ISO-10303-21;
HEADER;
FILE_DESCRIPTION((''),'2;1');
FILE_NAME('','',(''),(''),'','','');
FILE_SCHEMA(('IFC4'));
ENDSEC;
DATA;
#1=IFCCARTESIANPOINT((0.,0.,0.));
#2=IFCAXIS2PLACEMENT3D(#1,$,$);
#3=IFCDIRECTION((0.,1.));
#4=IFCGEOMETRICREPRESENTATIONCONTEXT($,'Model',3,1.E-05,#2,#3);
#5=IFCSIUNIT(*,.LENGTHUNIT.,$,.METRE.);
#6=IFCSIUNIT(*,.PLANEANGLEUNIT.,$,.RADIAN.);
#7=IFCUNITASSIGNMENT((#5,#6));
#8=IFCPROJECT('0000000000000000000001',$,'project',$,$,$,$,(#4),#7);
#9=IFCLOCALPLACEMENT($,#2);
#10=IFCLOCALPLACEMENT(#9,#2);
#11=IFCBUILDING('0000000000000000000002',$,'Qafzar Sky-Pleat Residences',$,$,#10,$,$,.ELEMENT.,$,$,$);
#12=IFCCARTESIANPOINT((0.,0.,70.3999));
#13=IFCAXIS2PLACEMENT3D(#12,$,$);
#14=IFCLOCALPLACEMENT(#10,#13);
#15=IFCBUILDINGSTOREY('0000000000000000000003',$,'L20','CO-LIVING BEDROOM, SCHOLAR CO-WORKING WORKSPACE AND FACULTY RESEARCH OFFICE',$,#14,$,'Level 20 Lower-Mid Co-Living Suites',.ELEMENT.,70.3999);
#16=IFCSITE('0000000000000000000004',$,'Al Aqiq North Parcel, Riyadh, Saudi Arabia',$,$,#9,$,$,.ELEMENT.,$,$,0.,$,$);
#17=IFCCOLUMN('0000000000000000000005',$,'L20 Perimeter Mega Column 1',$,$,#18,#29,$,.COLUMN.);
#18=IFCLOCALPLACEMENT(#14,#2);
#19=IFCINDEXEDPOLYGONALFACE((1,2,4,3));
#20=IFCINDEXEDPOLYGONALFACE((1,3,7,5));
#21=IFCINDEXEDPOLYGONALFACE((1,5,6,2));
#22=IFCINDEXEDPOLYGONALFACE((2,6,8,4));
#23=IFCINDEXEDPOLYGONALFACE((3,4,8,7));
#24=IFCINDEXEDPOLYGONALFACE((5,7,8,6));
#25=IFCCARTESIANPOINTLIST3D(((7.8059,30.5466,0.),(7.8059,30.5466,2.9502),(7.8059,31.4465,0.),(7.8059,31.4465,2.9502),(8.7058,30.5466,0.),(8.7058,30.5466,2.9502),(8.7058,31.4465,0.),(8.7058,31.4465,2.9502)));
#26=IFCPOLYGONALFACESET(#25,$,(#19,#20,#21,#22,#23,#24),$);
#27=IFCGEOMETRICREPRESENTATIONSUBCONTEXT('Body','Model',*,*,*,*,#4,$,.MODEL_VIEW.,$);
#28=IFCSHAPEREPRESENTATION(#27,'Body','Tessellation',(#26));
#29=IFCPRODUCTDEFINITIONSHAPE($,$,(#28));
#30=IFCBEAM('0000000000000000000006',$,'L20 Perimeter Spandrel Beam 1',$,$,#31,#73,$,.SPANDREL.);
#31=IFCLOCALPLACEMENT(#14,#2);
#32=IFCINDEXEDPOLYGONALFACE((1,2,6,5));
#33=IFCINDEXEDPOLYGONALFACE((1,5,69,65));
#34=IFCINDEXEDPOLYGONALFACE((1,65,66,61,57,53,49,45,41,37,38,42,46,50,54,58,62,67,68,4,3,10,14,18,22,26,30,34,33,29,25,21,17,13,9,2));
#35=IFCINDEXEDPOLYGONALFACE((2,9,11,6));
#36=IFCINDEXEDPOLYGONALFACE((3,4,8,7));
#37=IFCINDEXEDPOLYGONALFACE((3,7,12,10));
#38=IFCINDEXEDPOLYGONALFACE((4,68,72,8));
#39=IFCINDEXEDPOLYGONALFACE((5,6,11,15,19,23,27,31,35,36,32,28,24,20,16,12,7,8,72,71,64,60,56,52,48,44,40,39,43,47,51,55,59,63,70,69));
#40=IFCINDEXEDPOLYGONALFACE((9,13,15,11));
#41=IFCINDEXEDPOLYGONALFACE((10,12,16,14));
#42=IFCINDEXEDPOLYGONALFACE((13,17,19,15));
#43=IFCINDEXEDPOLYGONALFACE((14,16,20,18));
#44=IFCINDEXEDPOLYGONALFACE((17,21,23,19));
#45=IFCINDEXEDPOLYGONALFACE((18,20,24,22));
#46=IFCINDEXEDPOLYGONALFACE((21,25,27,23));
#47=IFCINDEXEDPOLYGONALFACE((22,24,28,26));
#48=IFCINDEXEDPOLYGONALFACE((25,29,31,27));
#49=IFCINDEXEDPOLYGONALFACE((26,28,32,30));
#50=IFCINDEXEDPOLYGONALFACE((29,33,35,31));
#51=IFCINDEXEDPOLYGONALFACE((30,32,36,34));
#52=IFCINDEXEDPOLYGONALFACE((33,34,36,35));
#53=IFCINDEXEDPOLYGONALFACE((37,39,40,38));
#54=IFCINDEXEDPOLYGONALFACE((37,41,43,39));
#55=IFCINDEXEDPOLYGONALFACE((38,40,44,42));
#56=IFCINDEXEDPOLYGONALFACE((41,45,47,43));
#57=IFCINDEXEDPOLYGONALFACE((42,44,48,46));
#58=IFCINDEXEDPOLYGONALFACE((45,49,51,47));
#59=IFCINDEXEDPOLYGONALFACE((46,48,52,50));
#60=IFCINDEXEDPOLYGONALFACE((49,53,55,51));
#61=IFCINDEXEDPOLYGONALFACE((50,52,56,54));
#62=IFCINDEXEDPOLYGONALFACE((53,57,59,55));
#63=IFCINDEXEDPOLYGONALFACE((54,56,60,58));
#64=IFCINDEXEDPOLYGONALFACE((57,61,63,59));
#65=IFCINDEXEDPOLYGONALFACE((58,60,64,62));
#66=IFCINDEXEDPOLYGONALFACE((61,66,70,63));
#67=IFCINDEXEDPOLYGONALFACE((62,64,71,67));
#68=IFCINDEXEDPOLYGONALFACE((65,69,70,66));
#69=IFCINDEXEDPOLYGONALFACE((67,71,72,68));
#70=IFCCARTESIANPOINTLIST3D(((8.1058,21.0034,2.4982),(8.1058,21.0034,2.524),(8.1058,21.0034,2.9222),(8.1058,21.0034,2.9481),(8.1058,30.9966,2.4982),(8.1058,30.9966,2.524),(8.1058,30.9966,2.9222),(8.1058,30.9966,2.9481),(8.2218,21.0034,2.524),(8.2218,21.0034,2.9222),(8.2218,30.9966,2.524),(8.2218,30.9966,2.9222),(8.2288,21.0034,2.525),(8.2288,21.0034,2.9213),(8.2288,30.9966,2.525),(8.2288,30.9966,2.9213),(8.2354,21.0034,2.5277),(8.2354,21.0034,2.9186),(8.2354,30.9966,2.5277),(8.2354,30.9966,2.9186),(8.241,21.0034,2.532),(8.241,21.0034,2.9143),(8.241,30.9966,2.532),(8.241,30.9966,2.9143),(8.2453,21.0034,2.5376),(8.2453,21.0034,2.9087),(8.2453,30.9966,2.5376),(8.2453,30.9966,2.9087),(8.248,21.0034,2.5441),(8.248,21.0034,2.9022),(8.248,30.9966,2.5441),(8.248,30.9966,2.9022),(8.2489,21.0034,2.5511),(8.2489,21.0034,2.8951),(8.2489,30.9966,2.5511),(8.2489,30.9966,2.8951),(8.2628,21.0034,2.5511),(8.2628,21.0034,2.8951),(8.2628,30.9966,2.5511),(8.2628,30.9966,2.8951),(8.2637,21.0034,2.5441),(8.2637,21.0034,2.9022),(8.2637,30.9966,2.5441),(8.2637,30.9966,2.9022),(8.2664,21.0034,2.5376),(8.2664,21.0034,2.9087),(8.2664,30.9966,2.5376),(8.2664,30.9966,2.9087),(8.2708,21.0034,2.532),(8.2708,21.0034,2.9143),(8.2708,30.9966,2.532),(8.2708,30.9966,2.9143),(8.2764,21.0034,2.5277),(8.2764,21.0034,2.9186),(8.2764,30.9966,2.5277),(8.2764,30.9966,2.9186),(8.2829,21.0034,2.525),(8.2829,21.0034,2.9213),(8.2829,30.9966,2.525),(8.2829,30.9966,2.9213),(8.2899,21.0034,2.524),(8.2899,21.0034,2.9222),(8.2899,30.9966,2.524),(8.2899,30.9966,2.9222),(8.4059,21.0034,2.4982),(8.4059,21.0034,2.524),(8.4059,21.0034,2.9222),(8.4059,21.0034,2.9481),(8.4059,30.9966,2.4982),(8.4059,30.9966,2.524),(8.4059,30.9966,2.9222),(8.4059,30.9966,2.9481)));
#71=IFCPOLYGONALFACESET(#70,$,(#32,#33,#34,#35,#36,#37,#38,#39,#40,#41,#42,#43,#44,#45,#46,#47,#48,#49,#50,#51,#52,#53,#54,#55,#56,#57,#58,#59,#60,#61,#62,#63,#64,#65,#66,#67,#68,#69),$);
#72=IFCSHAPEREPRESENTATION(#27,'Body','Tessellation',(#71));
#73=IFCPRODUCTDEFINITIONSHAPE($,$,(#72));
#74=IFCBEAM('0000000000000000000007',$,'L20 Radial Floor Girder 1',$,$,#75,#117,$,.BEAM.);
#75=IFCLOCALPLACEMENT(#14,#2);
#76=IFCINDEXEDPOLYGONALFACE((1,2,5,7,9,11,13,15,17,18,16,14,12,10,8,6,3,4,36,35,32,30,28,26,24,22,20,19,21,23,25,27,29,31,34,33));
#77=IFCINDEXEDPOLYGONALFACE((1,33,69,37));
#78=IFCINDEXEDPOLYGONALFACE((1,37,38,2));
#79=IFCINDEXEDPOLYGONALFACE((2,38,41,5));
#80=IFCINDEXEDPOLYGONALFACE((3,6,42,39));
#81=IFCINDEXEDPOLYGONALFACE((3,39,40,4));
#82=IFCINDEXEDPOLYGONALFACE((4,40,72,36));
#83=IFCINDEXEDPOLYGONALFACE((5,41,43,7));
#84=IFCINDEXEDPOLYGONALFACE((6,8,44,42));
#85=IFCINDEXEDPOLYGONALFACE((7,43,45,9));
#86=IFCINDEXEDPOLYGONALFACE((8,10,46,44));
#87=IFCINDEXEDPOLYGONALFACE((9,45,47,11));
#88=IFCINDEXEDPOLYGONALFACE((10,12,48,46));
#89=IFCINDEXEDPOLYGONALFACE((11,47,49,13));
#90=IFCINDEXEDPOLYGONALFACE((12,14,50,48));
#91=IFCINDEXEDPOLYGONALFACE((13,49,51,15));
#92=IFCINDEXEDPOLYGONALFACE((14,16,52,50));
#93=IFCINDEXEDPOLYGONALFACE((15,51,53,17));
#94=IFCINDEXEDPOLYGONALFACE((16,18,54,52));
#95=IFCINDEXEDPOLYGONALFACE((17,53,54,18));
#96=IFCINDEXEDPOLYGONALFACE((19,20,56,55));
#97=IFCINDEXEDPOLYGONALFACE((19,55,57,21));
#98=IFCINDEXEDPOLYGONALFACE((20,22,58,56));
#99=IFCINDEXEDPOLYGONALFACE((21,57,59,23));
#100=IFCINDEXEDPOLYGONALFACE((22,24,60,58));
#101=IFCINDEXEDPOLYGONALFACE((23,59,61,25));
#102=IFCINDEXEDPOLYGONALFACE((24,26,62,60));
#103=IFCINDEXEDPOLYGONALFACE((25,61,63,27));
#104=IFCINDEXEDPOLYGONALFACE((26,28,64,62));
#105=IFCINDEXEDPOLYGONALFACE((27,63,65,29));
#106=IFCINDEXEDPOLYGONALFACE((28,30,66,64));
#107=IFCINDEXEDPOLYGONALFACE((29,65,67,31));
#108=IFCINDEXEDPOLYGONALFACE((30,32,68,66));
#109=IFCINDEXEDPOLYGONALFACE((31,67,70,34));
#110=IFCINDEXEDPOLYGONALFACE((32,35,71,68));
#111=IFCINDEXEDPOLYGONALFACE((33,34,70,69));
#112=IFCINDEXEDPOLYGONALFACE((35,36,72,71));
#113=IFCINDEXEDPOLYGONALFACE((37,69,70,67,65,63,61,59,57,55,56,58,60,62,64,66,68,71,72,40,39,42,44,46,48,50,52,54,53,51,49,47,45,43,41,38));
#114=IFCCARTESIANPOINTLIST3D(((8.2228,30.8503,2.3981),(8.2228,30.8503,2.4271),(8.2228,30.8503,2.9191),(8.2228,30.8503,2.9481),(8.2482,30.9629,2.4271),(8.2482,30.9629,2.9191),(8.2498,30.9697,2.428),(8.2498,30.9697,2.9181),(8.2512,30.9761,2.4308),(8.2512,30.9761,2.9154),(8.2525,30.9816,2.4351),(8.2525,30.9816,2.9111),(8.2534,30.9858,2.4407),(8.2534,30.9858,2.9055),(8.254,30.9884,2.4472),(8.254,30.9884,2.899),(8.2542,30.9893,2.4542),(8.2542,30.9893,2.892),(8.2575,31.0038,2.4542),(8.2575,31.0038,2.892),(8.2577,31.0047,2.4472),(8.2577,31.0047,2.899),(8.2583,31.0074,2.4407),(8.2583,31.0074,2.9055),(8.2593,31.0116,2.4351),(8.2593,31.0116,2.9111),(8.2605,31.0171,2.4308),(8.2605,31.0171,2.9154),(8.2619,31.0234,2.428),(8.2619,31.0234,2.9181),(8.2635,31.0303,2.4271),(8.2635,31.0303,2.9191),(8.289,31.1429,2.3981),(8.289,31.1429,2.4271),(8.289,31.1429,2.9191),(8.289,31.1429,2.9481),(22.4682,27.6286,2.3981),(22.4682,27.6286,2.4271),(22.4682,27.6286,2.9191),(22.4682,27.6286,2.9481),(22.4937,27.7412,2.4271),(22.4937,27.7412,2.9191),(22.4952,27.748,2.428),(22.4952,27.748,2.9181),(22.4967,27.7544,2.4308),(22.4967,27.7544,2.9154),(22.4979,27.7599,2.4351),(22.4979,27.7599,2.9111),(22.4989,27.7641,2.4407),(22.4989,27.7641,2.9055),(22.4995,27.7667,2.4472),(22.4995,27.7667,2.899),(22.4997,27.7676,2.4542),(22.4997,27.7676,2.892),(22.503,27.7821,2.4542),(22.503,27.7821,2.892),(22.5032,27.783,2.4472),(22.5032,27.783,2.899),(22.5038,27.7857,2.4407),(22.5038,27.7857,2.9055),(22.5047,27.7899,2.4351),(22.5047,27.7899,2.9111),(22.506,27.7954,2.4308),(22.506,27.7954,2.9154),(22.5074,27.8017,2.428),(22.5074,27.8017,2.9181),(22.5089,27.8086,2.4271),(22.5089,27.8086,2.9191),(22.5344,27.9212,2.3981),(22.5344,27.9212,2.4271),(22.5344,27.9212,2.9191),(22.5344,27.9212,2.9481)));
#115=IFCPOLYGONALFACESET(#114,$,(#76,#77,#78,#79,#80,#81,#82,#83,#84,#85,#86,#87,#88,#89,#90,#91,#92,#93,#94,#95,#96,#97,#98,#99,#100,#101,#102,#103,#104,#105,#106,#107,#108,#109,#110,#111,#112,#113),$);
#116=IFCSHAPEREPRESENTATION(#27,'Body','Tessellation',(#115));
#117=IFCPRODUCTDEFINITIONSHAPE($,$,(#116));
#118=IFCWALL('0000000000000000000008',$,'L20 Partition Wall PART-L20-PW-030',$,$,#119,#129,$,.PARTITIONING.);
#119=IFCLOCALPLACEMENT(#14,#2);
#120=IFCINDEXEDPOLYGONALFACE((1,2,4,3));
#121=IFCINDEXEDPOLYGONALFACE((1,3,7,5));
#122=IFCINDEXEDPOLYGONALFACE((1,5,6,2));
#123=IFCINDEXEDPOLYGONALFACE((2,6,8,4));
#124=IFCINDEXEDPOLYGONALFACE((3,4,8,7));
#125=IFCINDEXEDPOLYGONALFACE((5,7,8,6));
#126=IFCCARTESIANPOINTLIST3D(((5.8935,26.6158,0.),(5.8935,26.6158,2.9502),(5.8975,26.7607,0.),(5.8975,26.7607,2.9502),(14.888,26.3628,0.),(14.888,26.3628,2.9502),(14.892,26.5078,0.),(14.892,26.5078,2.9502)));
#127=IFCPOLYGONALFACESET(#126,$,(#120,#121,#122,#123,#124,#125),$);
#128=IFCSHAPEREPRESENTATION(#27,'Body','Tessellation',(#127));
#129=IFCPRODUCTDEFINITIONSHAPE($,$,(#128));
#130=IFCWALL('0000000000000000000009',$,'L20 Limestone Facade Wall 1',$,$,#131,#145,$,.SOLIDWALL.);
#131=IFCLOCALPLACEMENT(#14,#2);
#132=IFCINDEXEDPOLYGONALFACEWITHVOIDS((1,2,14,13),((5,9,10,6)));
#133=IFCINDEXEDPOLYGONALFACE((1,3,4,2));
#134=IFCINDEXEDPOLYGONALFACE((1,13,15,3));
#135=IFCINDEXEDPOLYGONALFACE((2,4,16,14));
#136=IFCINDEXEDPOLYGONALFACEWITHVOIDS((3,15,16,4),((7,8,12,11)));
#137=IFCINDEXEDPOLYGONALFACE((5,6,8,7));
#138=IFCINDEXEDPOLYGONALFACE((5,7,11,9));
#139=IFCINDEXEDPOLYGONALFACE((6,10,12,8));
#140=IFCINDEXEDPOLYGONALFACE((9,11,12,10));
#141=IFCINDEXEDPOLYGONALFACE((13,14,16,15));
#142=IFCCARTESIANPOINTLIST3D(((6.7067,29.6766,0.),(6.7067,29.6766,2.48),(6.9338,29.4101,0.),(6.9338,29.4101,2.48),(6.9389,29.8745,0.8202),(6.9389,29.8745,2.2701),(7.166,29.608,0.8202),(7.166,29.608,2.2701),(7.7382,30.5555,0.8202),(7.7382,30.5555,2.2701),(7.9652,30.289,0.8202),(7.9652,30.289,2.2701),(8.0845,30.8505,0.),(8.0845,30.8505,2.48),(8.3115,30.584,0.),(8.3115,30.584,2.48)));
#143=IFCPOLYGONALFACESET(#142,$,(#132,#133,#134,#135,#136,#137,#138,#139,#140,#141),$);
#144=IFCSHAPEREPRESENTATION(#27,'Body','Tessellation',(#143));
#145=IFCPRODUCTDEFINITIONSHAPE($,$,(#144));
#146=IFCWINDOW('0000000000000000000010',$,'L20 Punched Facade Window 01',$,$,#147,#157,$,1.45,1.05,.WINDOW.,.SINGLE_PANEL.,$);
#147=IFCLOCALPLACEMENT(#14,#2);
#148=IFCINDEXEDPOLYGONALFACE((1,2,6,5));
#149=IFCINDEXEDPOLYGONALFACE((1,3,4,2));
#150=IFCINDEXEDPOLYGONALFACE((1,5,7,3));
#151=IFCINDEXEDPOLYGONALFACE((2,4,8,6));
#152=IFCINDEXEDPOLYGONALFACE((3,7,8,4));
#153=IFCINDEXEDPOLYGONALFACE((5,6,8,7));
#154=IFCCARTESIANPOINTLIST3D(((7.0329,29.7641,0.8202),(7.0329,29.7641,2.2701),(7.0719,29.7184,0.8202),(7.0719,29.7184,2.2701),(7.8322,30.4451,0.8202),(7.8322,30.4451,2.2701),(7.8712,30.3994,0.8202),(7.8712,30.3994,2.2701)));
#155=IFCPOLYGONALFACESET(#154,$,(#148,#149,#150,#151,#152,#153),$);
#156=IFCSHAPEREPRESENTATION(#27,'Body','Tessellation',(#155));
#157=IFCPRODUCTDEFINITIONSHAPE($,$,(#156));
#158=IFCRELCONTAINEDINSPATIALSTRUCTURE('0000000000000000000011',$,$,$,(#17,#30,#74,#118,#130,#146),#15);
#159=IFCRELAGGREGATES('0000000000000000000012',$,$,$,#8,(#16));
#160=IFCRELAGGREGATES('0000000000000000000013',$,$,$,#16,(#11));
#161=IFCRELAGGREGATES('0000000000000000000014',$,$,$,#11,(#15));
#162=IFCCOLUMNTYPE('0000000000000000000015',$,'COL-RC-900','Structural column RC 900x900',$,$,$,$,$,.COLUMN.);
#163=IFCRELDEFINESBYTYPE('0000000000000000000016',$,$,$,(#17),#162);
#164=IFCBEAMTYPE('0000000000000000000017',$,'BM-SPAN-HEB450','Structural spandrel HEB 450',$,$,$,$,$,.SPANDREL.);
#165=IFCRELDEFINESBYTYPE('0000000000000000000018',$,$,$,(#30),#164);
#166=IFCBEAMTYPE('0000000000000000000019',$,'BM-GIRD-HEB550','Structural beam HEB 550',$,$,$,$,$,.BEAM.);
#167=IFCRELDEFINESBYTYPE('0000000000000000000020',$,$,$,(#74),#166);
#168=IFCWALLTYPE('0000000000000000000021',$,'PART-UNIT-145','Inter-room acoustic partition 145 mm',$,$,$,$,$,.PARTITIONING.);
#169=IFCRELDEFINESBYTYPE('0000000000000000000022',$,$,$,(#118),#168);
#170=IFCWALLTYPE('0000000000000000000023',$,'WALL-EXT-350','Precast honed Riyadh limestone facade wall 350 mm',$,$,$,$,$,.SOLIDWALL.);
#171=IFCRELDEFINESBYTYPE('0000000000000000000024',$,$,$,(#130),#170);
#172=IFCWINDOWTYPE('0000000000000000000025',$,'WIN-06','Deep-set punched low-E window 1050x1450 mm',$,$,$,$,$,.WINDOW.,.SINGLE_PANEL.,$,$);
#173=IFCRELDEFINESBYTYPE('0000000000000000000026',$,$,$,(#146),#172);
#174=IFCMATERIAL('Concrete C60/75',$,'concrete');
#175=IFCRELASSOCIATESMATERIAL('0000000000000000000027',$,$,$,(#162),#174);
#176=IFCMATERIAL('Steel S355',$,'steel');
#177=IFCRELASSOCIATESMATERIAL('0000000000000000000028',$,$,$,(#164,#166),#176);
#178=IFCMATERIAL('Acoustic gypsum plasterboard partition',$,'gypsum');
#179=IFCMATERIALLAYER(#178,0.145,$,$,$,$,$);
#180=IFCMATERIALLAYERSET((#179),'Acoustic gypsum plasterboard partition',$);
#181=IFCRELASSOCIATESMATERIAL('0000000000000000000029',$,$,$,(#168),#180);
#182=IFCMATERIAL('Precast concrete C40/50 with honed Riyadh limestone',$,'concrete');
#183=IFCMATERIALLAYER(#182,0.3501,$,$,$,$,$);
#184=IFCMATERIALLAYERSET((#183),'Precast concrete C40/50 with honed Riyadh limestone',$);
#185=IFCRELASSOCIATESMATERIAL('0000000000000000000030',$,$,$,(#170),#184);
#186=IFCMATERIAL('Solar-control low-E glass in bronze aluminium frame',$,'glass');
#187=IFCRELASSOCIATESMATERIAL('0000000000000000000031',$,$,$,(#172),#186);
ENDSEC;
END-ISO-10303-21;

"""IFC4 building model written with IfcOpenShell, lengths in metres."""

from ifc_helpers import new_model, si_unit, direction, frame, frame_2d, origin, origin_2d, place, context, subcontext, project, spatial, rectangle, i_section, extrude, source, transform, mapped, material, layer, layer_set, material_profile, profile_set, type_object, element, fill, save


model = new_model("IFC4")

# Units and contexts
model_context = context("Model", 3, precision=1e-05, world=origin(), true_north=direction((0.0, 1.0)))
body_context = subcontext(model_context, "Body", "Model", "MODEL_VIEW")
ifc_project = project(units=[si_unit("LENGTHUNIT", "METRE"), si_unit("PLANEANGLEUNIT", "RADIAN")], contexts=[model_context])

# Site, building, storey
site_placement = place(None, origin())
site = spatial("IfcSite", under=ifc_project, at=site_placement, Name="Al Aqiq North Parcel, Riyadh, Saudi Arabia", CompositionType="ELEMENT", RefElevation=0.0)
building_placement = place(site_placement, origin())
building = spatial("IfcBuilding", under=site, at=building_placement, Name="Qafzar Sky-Pleat Residences", CompositionType="ELEMENT")
storey_placement = place(building_placement, frame((0.0, 0.0, 70.3999)))
storey = spatial("IfcBuildingStorey", under=building, at=storey_placement, Name="L20", Description="CO-LIVING BEDROOM, SCHOLAR CO-WORKING WORKSPACE AND FACULTY RESEARCH OFFICE", LongName="Level 20 Lower-Mid Co-Living Suites", CompositionType="ELEMENT", Elevation=70.3999)

# Column
ifc_material_1 = material(Name="Concrete C60/75", Category="concrete")
ifc_material_profile_1 = material_profile(ifc_material_1, rectangle(XDim=0.8999, YDim=0.8999, at=origin_2d()), Name="RC 900x900")
ifc_profile_set_1 = profile_set([ifc_material_profile_1], Name="Concrete C60/75")
column_type = type_object("IfcColumnType", Name="COL-RC-900", Description="Structural column RC 900x900", PredefinedType="COLUMN", material=ifc_profile_set_1)
shared_shape_1 = source(origin(), body_context, "Body", "SweptSolid", [
    extrude(rectangle(XDim=0.8999, YDim=0.8999, at=origin_2d()), origin(), (0.0, 0.0, 1.0), 2.9502),
])
column_placement = place(storey_placement, frame((8.2559, 30.9966, 0.0), z_axis=(0.0, 0.0, 1.0), x_axis=(1.0, 0.0, 0.0)))
element("IfcColumn", 1, at=column_placement, inside=storey, type_object=column_type, Name="L20 Perimeter Mega Column 1", PredefinedType="COLUMN", context=body_context, shape_type="MappedRepresentation", body=[
    mapped(shared_shape_1, transform((0.0, 0.0, 0.0), x_axis=(1.0, 0.0, 0.0), y_axis=(0.0, 1.0, 0.0), z_axis=(0.0, 0.0, 1.0), scale=1.0)),
])

# Beams
ifc_material_2 = material(Name="Steel S355", Category="steel")
ifc_material_profile_2 = material_profile(ifc_material_2, i_section(OverallWidth=0.3, OverallDepth=0.45, WebThickness=0.0139, FlangeThickness=0.0259, FilletRadius=0.0271, at=origin_2d()), Name="HEB 450")
ifc_profile_set_2 = profile_set([ifc_material_profile_2], Name="Steel S355")
beam_type_1 = type_object("IfcBeamType", Name="BM-SPAN-HEB450", Description="Structural spandrel HEB 450", PredefinedType="SPANDREL", material=ifc_profile_set_2)
shared_shape_2 = source(origin(), body_context, "Body", "SweptSolid", [
    extrude(i_section(OverallWidth=0.3, OverallDepth=0.45, WebThickness=0.0139, FlangeThickness=0.0259, FilletRadius=0.0271, at=origin_2d()), origin(), (0.0, 0.0, 1.0), 9.9932),
])
beam_1_placement = place(storey_placement, frame((8.2559, 30.9966, 2.7231), z_axis=(0.0, -1.0, 0.0), x_axis=(1.0, 0.0, 0.0)))
element("IfcBeam", 2, at=beam_1_placement, inside=storey, type_object=beam_type_1, Name="L20 Perimeter Spandrel Beam 1", PredefinedType="SPANDREL", context=body_context, shape_type="MappedRepresentation", body=[
    mapped(shared_shape_2, transform((0.0, 0.0, 0.0), x_axis=(1.0, 0.0, 0.0), y_axis=(0.0, 1.0, 0.0), z_axis=(0.0, 0.0, 1.0), scale=1.0)),
])
ifc_material_profile_3 = material_profile(ifc_material_2, i_section(OverallWidth=0.3, OverallDepth=0.55, WebThickness=0.0149, FlangeThickness=0.0291, FilletRadius=0.0271, at=origin_2d()), Name="HEB 550")
ifc_profile_set_3 = profile_set([ifc_material_profile_3], Name="Steel S355")
beam_type_2 = type_object("IfcBeamType", Name="BM-GIRD-HEB550", Description="Structural beam HEB 550", PredefinedType="BEAM", material=ifc_profile_set_3)
shared_shape_3 = source(origin(), body_context, "Body", "SweptSolid", [
    extrude(i_section(OverallWidth=0.3, OverallDepth=0.55, WebThickness=0.0149, FlangeThickness=0.0291, FilletRadius=0.0271, at=origin_2d()), origin(), (0.0, 0.0, 1.0), 14.6052),
])
beam_2_placement = place(storey_placement, frame((8.2559, 30.9966, 2.6731), z_axis=(0.975368, -0.220586, 0.0), x_axis=(0.220586, 0.975368, 0.0)))
element("IfcBeam", 3, at=beam_2_placement, inside=storey, type_object=beam_type_2, Name="L20 Radial Floor Girder 1", PredefinedType="BEAM", context=body_context, shape_type="MappedRepresentation", body=[
    mapped(shared_shape_3, transform((0.0, 0.0, 0.0), x_axis=(1.0, 0.0, 0.0), y_axis=(0.0, 1.0, 0.0), z_axis=(0.0, 0.0, 1.0), scale=1.0)),
])

# Wall
ifc_material_3 = material(Name="Acoustic gypsum plasterboard partition", Category="gypsum")
ifc_layer_1 = layer(ifc_material_3, 0.145)
ifc_layer_set_1 = layer_set([ifc_layer_1], Name="Acoustic gypsum plasterboard partition")
wall_type_1 = type_object("IfcWallType", Name="PART-UNIT-145", Description="Inter-room acoustic partition 145 mm", PredefinedType="PARTITIONING", material=ifc_layer_set_1)
wall_1_placement = place(storey_placement, frame((5.8955, 26.6882, 0.0), z_axis=(0.0, 0.0, 1.0), x_axis=(0.999605, -0.02811, 0.0)))
element("IfcWall", 4, at=wall_1_placement, inside=storey, type_object=wall_type_1, Name="L20 Partition Wall PART-L20-PW-030", PredefinedType="PARTITIONING", context=body_context, shape_type="SweptSolid", body=[
    extrude(rectangle(XDim=8.998, YDim=0.145, at=frame_2d((4.499, 0.0))), origin(), (0.0, 0.0, 1.0), 2.9502),
])

# Wall, opening, window
ifc_material_4 = material(Name="Precast concrete C40/50 with honed Riyadh limestone", Category="concrete")
ifc_layer_2 = layer(ifc_material_4, 0.3501)
ifc_layer_set_2 = layer_set([ifc_layer_2], Name="Precast concrete C40/50 with honed Riyadh limestone")
wall_type_2 = type_object("IfcWallType", Name="WALL-EXT-350", Description="Precast honed Riyadh limestone facade wall 350 mm", PredefinedType="SOLIDWALL", material=ifc_layer_set_2)
wall_2_placement = place(storey_placement, frame((8.198, 30.7173, 0.0), z_axis=(0.0, 0.0, 1.0), x_axis=(-0.761177, -0.648545, 0.0)))
wall_2 = element("IfcWall", 5, at=wall_2_placement, inside=storey, type_object=wall_type_2, Name="L20 Limestone Facade Wall 1", PredefinedType="SOLIDWALL", context=body_context, shape_type="SweptSolid", body=[
    extrude(rectangle(XDim=1.8101, YDim=0.3501, at=frame_2d((0.905, 0.0))), origin(), (0.0, 0.0, 1.0), 2.48),
])
opening_1_placement = place(wall_2_placement, frame((0.4551, 0.0, 0.8201)))
opening_1 = element("IfcOpeningElement", 6, at=opening_1_placement, cuts=wall_2, PredefinedType="OPENING", context=body_context, shape_type="SweptSolid", body=[
    extrude(rectangle(XDim=1.05, YDim=1.45, at=frame_2d((0.5249, 0.7251))), frame((0.0, 0.1851, 0.0), z_axis=(0.0, -1.0, 0.0), x_axis=(1.0, 0.0, 0.0)), (0.0, 0.0, 1.0), 0.3701),
])
ifc_material_5 = material(Name="Solar-control low-E glass in bronze aluminium frame", Category="glass")
window_type_1 = type_object("IfcWindowType", Name="WIN-06", Description="Deep-set punched low-E window 1050x1450 mm", PartitioningType="SINGLE_PANEL", PredefinedType="WINDOW", material=ifc_material_5)
shared_shape_4 = source(origin(), body_context, "Body", "SweptSolid", [
    extrude(rectangle(XDim=1.05, YDim=1.45, at=frame_2d((0.5249, 0.7251))), frame((0.0, 0.03, 0.0), z_axis=(0.0, -1.0, 0.0), x_axis=(1.0, 0.0, 0.0)), (0.0, 0.0, 1.0), 0.0601),
])
window_1_placement = place(opening_1_placement, origin())
window_1 = element("IfcWindow", 7, at=window_1_placement, inside=storey, type_object=window_type_1, Name="L20 Punched Facade Window 01", OverallHeight=1.45, OverallWidth=1.05, PartitioningType="SINGLE_PANEL", PredefinedType="WINDOW", context=body_context, shape_type="MappedRepresentation", body=[
    mapped(shared_shape_4, transform((0.0, 0.0, 0.0), x_axis=(1.0, 0.0, 0.0), y_axis=(0.0, 1.0, 0.0), z_axis=(0.0, 0.0, 1.0), scale=1.0)),
])
fill(opening_1, window_1)

save(model, "model.ifc")
